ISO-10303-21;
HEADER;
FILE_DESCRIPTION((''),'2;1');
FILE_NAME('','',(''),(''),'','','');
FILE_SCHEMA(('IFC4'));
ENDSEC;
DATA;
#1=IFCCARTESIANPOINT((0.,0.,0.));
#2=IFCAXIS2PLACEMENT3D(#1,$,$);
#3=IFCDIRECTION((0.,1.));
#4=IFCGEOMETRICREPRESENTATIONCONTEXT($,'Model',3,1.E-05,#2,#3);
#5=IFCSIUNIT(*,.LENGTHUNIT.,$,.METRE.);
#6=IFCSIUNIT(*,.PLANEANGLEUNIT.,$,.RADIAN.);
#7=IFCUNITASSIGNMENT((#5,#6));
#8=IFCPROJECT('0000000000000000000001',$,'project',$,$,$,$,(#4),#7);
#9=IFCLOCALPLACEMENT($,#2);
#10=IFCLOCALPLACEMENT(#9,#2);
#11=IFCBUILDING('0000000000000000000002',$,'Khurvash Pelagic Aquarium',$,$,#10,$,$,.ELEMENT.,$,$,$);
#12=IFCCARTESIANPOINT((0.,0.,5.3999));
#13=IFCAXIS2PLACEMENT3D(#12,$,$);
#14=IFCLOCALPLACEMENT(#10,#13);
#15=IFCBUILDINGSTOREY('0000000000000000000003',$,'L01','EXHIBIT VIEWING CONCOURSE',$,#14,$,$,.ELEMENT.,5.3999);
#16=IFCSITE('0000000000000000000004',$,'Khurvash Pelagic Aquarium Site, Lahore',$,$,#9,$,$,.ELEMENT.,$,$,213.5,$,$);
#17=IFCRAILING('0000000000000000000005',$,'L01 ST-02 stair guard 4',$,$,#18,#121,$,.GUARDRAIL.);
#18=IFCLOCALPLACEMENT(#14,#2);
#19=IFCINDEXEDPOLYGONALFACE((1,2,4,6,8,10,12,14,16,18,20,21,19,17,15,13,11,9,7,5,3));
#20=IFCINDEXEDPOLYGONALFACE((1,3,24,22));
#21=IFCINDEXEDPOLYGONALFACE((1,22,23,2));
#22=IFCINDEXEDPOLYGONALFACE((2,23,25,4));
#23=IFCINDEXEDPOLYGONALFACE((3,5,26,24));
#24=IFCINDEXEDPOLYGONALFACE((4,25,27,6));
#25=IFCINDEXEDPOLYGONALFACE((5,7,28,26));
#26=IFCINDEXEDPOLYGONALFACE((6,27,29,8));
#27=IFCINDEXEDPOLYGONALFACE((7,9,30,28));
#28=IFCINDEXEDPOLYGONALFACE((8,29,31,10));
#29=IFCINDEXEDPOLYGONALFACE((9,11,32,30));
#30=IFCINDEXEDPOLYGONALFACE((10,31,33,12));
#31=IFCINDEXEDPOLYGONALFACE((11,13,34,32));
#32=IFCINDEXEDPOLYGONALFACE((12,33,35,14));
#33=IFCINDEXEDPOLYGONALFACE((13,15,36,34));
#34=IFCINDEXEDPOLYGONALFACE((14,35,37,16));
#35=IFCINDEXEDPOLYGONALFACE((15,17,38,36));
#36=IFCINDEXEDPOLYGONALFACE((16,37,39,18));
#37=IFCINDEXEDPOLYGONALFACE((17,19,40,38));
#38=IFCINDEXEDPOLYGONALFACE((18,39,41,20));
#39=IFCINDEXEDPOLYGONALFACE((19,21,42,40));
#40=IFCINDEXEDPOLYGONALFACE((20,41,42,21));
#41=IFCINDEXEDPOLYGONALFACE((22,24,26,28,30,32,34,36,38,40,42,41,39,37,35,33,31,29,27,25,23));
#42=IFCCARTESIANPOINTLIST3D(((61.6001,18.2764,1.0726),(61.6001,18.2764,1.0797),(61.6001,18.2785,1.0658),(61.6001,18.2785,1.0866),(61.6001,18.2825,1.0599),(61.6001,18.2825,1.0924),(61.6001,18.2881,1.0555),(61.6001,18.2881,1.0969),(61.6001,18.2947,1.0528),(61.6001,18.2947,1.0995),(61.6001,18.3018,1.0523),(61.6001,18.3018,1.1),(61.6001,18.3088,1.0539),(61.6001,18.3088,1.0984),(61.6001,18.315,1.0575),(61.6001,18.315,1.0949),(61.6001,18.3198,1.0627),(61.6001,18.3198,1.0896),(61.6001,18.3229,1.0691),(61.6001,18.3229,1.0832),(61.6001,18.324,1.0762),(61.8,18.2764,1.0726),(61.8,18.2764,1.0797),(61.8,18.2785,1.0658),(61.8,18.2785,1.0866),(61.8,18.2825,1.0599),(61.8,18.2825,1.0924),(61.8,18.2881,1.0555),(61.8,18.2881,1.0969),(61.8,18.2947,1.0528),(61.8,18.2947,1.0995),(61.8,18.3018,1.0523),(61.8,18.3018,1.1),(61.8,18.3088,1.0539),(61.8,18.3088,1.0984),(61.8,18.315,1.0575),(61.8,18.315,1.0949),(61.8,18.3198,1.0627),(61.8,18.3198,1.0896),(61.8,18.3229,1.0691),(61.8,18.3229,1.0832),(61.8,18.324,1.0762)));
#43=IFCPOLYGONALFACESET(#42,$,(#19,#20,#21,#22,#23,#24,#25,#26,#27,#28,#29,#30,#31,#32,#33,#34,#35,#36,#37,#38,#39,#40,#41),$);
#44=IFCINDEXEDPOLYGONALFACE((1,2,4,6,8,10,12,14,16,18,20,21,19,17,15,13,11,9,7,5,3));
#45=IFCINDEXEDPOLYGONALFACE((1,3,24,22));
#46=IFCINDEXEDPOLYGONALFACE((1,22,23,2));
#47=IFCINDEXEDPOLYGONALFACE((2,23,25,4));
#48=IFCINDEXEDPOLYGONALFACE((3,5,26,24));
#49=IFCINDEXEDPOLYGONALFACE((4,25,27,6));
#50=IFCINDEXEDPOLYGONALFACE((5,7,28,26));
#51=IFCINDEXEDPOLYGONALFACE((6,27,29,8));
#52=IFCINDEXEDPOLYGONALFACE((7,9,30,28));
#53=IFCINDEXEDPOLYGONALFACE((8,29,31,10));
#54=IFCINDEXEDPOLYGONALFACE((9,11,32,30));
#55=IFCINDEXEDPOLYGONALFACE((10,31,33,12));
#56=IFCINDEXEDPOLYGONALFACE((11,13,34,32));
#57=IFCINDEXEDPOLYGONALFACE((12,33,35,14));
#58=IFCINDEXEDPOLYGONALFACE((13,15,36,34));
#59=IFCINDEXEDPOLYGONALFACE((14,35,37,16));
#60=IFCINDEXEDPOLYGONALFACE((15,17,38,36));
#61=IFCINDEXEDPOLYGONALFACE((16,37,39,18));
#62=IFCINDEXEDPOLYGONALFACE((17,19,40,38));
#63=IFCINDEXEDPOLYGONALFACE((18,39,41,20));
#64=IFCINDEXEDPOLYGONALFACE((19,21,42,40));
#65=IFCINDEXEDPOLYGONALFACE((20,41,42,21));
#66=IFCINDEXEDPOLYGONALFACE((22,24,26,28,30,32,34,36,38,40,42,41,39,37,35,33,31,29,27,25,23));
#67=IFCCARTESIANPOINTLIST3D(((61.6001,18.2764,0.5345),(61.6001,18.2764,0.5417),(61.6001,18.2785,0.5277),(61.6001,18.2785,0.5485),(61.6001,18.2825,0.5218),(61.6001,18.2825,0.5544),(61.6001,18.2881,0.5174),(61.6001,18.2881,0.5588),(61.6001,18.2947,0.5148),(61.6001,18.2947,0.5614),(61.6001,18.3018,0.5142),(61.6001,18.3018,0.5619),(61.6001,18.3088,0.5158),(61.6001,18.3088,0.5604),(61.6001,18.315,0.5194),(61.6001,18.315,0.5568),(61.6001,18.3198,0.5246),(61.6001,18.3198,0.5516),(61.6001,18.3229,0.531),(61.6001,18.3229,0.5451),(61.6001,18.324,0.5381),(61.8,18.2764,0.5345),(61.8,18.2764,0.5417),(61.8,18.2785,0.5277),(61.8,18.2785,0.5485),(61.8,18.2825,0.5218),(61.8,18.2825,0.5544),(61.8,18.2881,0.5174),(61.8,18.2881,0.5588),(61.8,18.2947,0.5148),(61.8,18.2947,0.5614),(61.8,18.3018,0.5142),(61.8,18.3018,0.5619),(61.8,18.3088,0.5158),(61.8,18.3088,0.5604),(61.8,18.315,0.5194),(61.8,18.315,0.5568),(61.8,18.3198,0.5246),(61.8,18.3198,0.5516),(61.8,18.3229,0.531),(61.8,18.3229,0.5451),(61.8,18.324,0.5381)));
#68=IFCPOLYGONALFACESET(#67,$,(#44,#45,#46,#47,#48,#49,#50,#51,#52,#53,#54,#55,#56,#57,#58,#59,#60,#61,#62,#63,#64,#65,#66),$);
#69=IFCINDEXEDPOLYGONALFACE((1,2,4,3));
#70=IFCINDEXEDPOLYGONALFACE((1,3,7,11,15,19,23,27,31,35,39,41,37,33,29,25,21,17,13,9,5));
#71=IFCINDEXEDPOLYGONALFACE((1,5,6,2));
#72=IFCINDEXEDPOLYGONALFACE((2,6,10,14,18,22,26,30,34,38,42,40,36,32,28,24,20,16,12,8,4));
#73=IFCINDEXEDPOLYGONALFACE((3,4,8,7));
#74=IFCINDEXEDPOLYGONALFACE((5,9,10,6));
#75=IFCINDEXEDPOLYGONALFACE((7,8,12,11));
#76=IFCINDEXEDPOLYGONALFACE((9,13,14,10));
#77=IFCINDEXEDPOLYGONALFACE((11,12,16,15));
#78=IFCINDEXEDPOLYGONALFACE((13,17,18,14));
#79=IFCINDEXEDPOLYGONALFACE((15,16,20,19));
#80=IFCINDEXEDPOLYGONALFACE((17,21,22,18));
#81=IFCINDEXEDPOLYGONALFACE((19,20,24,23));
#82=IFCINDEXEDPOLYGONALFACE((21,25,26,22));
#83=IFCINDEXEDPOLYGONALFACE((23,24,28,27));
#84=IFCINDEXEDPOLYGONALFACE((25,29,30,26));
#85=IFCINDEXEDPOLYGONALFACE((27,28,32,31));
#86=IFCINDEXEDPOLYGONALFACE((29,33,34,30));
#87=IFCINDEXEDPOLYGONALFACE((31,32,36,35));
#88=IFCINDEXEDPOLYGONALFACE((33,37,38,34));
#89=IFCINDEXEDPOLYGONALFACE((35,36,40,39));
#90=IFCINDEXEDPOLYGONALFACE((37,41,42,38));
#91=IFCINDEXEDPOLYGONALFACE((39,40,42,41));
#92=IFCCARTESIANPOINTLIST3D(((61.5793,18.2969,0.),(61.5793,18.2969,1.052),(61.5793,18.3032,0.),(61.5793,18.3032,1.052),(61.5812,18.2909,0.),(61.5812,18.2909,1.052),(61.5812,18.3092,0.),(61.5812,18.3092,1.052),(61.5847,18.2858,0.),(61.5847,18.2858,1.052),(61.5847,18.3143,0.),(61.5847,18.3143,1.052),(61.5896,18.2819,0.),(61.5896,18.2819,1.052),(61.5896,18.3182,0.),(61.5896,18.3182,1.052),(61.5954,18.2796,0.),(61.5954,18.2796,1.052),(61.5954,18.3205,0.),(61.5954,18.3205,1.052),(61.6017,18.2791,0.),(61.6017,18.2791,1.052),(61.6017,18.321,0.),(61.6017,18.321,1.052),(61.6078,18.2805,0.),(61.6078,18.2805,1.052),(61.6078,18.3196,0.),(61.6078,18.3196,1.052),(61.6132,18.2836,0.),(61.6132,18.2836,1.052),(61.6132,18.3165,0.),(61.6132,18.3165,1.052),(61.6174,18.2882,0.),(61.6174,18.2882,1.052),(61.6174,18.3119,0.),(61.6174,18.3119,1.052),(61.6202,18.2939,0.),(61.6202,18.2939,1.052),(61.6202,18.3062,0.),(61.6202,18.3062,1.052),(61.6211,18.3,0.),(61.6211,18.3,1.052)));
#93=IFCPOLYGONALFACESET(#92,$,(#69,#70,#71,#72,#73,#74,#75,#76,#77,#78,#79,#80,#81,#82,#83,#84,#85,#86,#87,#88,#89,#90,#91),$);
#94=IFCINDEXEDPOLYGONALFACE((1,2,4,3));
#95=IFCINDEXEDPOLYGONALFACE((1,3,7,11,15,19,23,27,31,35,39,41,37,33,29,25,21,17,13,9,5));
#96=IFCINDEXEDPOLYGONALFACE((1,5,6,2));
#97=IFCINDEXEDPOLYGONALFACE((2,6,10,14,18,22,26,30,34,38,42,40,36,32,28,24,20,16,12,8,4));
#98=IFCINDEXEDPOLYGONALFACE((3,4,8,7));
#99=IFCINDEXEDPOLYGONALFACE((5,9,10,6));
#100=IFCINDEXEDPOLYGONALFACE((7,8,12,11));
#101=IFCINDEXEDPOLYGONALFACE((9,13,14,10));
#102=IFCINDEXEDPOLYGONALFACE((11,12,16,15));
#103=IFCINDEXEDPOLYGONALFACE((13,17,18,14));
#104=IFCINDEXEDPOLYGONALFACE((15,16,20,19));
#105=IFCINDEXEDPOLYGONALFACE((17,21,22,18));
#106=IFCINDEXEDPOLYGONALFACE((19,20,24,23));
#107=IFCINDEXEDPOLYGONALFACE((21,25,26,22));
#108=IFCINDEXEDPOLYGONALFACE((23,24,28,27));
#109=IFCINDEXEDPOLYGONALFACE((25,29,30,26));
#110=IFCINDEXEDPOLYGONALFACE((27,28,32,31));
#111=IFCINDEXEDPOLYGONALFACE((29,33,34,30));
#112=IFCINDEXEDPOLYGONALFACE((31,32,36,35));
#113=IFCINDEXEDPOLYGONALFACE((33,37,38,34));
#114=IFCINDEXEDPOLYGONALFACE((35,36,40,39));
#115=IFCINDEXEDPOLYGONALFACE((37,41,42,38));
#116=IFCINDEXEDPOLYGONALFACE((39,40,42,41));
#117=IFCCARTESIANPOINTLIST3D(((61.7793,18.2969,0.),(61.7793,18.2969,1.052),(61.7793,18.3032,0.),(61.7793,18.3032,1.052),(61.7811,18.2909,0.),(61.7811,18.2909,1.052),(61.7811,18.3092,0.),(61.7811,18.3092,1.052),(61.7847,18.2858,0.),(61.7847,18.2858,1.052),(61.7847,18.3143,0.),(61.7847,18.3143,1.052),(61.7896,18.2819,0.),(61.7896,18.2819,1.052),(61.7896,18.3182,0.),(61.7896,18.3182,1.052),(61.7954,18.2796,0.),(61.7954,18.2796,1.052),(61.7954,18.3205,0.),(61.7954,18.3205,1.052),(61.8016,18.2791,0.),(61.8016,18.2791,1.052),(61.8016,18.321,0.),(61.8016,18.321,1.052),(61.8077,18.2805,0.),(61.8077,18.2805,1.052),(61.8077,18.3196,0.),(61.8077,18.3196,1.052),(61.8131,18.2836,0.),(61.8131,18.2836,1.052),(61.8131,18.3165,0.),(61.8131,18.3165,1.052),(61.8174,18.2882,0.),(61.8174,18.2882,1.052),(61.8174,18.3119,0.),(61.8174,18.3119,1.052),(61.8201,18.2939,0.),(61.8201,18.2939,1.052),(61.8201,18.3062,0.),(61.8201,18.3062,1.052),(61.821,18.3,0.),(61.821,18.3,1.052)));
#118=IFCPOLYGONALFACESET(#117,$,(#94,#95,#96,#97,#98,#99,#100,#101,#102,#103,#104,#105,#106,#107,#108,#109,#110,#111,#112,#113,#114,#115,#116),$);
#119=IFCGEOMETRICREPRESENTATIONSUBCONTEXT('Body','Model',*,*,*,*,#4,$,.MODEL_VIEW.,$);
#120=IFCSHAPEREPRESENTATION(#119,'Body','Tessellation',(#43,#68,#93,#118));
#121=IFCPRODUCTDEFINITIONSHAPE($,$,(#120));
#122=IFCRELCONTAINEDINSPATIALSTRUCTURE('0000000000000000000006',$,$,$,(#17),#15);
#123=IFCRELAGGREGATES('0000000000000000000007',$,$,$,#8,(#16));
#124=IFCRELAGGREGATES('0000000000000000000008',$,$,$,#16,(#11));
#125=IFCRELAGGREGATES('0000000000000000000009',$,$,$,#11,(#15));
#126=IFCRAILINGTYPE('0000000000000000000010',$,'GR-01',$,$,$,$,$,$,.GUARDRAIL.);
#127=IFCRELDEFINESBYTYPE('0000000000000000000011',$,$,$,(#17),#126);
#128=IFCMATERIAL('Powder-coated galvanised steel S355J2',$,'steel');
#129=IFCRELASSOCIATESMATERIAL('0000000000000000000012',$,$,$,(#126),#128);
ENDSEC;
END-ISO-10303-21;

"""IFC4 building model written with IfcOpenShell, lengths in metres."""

from ifc_helpers import new_model, si_unit, direction, frame, origin, origin_2d, place, context, subcontext, project, spatial, circle, extrude, material, type_object, element, save


model = new_model("IFC4")

# Units and contexts
model_context = context("Model", 3, precision=1e-05, world=origin(), true_north=direction((0.0, 1.0)))
body_context = subcontext(model_context, "Body", "Model", "MODEL_VIEW")
ifc_project = project(units=[si_unit("LENGTHUNIT", "METRE"), si_unit("PLANEANGLEUNIT", "RADIAN")], contexts=[model_context])

# Site, building, storey
site_placement = place(None, origin())
site = spatial("IfcSite", under=ifc_project, at=site_placement, Name="Khurvash Pelagic Aquarium Site, Lahore", CompositionType="ELEMENT", RefElevation=213.5)
building_placement = place(site_placement, origin())
building = spatial("IfcBuilding", under=site, at=building_placement, Name="Khurvash Pelagic Aquarium", CompositionType="ELEMENT")
storey_placement = place(building_placement, frame((0.0, 0.0, 5.3999)))
storey = spatial("IfcBuildingStorey", under=building, at=storey_placement, Name="L01", Description="EXHIBIT VIEWING CONCOURSE", CompositionType="ELEMENT", Elevation=5.3999)

# Railing
ifc_material_1 = material(Name="Powder-coated galvanised steel S355J2", Category="steel")
railing_type_1 = type_object("IfcRailingType", Name="GR-01", PredefinedType="GUARDRAIL", material=ifc_material_1)
railing_1_placement = place(storey_placement, frame((61.6001, 18.3, 0.0)))
element("IfcRailing", 1, at=railing_1_placement, inside=storey, type_object=railing_type_1, Name="L01 ST-02 stair guard 4", PredefinedType="GUARDRAIL", context=body_context, shape_type="SweptSolid", body=[
    extrude(circle(Radius=0.0239, at=origin_2d()), frame((0.0, 0.0, 1.0762), z_axis=(1.0, 0.0, 0.0), x_axis=(0.0, 1.0, 0.0)), (0.0, 0.0, 1.0), 0.2),
    extrude(circle(Radius=0.0239, at=origin_2d()), frame((0.0, 0.0, 0.5381), z_axis=(1.0, 0.0, 0.0), x_axis=(0.0, 1.0, 0.0)), (0.0, 0.0, 1.0), 0.2),
    extrude(circle(Radius=0.021, at=origin_2d()), origin(), (0.0, 0.0, 1.0), 1.052),
    extrude(circle(Radius=0.021, at=origin_2d()), frame((0.2, 0.0, 0.0)), (0.0, 0.0, 1.0), 1.052),
])

save(model, "model.ifc")
